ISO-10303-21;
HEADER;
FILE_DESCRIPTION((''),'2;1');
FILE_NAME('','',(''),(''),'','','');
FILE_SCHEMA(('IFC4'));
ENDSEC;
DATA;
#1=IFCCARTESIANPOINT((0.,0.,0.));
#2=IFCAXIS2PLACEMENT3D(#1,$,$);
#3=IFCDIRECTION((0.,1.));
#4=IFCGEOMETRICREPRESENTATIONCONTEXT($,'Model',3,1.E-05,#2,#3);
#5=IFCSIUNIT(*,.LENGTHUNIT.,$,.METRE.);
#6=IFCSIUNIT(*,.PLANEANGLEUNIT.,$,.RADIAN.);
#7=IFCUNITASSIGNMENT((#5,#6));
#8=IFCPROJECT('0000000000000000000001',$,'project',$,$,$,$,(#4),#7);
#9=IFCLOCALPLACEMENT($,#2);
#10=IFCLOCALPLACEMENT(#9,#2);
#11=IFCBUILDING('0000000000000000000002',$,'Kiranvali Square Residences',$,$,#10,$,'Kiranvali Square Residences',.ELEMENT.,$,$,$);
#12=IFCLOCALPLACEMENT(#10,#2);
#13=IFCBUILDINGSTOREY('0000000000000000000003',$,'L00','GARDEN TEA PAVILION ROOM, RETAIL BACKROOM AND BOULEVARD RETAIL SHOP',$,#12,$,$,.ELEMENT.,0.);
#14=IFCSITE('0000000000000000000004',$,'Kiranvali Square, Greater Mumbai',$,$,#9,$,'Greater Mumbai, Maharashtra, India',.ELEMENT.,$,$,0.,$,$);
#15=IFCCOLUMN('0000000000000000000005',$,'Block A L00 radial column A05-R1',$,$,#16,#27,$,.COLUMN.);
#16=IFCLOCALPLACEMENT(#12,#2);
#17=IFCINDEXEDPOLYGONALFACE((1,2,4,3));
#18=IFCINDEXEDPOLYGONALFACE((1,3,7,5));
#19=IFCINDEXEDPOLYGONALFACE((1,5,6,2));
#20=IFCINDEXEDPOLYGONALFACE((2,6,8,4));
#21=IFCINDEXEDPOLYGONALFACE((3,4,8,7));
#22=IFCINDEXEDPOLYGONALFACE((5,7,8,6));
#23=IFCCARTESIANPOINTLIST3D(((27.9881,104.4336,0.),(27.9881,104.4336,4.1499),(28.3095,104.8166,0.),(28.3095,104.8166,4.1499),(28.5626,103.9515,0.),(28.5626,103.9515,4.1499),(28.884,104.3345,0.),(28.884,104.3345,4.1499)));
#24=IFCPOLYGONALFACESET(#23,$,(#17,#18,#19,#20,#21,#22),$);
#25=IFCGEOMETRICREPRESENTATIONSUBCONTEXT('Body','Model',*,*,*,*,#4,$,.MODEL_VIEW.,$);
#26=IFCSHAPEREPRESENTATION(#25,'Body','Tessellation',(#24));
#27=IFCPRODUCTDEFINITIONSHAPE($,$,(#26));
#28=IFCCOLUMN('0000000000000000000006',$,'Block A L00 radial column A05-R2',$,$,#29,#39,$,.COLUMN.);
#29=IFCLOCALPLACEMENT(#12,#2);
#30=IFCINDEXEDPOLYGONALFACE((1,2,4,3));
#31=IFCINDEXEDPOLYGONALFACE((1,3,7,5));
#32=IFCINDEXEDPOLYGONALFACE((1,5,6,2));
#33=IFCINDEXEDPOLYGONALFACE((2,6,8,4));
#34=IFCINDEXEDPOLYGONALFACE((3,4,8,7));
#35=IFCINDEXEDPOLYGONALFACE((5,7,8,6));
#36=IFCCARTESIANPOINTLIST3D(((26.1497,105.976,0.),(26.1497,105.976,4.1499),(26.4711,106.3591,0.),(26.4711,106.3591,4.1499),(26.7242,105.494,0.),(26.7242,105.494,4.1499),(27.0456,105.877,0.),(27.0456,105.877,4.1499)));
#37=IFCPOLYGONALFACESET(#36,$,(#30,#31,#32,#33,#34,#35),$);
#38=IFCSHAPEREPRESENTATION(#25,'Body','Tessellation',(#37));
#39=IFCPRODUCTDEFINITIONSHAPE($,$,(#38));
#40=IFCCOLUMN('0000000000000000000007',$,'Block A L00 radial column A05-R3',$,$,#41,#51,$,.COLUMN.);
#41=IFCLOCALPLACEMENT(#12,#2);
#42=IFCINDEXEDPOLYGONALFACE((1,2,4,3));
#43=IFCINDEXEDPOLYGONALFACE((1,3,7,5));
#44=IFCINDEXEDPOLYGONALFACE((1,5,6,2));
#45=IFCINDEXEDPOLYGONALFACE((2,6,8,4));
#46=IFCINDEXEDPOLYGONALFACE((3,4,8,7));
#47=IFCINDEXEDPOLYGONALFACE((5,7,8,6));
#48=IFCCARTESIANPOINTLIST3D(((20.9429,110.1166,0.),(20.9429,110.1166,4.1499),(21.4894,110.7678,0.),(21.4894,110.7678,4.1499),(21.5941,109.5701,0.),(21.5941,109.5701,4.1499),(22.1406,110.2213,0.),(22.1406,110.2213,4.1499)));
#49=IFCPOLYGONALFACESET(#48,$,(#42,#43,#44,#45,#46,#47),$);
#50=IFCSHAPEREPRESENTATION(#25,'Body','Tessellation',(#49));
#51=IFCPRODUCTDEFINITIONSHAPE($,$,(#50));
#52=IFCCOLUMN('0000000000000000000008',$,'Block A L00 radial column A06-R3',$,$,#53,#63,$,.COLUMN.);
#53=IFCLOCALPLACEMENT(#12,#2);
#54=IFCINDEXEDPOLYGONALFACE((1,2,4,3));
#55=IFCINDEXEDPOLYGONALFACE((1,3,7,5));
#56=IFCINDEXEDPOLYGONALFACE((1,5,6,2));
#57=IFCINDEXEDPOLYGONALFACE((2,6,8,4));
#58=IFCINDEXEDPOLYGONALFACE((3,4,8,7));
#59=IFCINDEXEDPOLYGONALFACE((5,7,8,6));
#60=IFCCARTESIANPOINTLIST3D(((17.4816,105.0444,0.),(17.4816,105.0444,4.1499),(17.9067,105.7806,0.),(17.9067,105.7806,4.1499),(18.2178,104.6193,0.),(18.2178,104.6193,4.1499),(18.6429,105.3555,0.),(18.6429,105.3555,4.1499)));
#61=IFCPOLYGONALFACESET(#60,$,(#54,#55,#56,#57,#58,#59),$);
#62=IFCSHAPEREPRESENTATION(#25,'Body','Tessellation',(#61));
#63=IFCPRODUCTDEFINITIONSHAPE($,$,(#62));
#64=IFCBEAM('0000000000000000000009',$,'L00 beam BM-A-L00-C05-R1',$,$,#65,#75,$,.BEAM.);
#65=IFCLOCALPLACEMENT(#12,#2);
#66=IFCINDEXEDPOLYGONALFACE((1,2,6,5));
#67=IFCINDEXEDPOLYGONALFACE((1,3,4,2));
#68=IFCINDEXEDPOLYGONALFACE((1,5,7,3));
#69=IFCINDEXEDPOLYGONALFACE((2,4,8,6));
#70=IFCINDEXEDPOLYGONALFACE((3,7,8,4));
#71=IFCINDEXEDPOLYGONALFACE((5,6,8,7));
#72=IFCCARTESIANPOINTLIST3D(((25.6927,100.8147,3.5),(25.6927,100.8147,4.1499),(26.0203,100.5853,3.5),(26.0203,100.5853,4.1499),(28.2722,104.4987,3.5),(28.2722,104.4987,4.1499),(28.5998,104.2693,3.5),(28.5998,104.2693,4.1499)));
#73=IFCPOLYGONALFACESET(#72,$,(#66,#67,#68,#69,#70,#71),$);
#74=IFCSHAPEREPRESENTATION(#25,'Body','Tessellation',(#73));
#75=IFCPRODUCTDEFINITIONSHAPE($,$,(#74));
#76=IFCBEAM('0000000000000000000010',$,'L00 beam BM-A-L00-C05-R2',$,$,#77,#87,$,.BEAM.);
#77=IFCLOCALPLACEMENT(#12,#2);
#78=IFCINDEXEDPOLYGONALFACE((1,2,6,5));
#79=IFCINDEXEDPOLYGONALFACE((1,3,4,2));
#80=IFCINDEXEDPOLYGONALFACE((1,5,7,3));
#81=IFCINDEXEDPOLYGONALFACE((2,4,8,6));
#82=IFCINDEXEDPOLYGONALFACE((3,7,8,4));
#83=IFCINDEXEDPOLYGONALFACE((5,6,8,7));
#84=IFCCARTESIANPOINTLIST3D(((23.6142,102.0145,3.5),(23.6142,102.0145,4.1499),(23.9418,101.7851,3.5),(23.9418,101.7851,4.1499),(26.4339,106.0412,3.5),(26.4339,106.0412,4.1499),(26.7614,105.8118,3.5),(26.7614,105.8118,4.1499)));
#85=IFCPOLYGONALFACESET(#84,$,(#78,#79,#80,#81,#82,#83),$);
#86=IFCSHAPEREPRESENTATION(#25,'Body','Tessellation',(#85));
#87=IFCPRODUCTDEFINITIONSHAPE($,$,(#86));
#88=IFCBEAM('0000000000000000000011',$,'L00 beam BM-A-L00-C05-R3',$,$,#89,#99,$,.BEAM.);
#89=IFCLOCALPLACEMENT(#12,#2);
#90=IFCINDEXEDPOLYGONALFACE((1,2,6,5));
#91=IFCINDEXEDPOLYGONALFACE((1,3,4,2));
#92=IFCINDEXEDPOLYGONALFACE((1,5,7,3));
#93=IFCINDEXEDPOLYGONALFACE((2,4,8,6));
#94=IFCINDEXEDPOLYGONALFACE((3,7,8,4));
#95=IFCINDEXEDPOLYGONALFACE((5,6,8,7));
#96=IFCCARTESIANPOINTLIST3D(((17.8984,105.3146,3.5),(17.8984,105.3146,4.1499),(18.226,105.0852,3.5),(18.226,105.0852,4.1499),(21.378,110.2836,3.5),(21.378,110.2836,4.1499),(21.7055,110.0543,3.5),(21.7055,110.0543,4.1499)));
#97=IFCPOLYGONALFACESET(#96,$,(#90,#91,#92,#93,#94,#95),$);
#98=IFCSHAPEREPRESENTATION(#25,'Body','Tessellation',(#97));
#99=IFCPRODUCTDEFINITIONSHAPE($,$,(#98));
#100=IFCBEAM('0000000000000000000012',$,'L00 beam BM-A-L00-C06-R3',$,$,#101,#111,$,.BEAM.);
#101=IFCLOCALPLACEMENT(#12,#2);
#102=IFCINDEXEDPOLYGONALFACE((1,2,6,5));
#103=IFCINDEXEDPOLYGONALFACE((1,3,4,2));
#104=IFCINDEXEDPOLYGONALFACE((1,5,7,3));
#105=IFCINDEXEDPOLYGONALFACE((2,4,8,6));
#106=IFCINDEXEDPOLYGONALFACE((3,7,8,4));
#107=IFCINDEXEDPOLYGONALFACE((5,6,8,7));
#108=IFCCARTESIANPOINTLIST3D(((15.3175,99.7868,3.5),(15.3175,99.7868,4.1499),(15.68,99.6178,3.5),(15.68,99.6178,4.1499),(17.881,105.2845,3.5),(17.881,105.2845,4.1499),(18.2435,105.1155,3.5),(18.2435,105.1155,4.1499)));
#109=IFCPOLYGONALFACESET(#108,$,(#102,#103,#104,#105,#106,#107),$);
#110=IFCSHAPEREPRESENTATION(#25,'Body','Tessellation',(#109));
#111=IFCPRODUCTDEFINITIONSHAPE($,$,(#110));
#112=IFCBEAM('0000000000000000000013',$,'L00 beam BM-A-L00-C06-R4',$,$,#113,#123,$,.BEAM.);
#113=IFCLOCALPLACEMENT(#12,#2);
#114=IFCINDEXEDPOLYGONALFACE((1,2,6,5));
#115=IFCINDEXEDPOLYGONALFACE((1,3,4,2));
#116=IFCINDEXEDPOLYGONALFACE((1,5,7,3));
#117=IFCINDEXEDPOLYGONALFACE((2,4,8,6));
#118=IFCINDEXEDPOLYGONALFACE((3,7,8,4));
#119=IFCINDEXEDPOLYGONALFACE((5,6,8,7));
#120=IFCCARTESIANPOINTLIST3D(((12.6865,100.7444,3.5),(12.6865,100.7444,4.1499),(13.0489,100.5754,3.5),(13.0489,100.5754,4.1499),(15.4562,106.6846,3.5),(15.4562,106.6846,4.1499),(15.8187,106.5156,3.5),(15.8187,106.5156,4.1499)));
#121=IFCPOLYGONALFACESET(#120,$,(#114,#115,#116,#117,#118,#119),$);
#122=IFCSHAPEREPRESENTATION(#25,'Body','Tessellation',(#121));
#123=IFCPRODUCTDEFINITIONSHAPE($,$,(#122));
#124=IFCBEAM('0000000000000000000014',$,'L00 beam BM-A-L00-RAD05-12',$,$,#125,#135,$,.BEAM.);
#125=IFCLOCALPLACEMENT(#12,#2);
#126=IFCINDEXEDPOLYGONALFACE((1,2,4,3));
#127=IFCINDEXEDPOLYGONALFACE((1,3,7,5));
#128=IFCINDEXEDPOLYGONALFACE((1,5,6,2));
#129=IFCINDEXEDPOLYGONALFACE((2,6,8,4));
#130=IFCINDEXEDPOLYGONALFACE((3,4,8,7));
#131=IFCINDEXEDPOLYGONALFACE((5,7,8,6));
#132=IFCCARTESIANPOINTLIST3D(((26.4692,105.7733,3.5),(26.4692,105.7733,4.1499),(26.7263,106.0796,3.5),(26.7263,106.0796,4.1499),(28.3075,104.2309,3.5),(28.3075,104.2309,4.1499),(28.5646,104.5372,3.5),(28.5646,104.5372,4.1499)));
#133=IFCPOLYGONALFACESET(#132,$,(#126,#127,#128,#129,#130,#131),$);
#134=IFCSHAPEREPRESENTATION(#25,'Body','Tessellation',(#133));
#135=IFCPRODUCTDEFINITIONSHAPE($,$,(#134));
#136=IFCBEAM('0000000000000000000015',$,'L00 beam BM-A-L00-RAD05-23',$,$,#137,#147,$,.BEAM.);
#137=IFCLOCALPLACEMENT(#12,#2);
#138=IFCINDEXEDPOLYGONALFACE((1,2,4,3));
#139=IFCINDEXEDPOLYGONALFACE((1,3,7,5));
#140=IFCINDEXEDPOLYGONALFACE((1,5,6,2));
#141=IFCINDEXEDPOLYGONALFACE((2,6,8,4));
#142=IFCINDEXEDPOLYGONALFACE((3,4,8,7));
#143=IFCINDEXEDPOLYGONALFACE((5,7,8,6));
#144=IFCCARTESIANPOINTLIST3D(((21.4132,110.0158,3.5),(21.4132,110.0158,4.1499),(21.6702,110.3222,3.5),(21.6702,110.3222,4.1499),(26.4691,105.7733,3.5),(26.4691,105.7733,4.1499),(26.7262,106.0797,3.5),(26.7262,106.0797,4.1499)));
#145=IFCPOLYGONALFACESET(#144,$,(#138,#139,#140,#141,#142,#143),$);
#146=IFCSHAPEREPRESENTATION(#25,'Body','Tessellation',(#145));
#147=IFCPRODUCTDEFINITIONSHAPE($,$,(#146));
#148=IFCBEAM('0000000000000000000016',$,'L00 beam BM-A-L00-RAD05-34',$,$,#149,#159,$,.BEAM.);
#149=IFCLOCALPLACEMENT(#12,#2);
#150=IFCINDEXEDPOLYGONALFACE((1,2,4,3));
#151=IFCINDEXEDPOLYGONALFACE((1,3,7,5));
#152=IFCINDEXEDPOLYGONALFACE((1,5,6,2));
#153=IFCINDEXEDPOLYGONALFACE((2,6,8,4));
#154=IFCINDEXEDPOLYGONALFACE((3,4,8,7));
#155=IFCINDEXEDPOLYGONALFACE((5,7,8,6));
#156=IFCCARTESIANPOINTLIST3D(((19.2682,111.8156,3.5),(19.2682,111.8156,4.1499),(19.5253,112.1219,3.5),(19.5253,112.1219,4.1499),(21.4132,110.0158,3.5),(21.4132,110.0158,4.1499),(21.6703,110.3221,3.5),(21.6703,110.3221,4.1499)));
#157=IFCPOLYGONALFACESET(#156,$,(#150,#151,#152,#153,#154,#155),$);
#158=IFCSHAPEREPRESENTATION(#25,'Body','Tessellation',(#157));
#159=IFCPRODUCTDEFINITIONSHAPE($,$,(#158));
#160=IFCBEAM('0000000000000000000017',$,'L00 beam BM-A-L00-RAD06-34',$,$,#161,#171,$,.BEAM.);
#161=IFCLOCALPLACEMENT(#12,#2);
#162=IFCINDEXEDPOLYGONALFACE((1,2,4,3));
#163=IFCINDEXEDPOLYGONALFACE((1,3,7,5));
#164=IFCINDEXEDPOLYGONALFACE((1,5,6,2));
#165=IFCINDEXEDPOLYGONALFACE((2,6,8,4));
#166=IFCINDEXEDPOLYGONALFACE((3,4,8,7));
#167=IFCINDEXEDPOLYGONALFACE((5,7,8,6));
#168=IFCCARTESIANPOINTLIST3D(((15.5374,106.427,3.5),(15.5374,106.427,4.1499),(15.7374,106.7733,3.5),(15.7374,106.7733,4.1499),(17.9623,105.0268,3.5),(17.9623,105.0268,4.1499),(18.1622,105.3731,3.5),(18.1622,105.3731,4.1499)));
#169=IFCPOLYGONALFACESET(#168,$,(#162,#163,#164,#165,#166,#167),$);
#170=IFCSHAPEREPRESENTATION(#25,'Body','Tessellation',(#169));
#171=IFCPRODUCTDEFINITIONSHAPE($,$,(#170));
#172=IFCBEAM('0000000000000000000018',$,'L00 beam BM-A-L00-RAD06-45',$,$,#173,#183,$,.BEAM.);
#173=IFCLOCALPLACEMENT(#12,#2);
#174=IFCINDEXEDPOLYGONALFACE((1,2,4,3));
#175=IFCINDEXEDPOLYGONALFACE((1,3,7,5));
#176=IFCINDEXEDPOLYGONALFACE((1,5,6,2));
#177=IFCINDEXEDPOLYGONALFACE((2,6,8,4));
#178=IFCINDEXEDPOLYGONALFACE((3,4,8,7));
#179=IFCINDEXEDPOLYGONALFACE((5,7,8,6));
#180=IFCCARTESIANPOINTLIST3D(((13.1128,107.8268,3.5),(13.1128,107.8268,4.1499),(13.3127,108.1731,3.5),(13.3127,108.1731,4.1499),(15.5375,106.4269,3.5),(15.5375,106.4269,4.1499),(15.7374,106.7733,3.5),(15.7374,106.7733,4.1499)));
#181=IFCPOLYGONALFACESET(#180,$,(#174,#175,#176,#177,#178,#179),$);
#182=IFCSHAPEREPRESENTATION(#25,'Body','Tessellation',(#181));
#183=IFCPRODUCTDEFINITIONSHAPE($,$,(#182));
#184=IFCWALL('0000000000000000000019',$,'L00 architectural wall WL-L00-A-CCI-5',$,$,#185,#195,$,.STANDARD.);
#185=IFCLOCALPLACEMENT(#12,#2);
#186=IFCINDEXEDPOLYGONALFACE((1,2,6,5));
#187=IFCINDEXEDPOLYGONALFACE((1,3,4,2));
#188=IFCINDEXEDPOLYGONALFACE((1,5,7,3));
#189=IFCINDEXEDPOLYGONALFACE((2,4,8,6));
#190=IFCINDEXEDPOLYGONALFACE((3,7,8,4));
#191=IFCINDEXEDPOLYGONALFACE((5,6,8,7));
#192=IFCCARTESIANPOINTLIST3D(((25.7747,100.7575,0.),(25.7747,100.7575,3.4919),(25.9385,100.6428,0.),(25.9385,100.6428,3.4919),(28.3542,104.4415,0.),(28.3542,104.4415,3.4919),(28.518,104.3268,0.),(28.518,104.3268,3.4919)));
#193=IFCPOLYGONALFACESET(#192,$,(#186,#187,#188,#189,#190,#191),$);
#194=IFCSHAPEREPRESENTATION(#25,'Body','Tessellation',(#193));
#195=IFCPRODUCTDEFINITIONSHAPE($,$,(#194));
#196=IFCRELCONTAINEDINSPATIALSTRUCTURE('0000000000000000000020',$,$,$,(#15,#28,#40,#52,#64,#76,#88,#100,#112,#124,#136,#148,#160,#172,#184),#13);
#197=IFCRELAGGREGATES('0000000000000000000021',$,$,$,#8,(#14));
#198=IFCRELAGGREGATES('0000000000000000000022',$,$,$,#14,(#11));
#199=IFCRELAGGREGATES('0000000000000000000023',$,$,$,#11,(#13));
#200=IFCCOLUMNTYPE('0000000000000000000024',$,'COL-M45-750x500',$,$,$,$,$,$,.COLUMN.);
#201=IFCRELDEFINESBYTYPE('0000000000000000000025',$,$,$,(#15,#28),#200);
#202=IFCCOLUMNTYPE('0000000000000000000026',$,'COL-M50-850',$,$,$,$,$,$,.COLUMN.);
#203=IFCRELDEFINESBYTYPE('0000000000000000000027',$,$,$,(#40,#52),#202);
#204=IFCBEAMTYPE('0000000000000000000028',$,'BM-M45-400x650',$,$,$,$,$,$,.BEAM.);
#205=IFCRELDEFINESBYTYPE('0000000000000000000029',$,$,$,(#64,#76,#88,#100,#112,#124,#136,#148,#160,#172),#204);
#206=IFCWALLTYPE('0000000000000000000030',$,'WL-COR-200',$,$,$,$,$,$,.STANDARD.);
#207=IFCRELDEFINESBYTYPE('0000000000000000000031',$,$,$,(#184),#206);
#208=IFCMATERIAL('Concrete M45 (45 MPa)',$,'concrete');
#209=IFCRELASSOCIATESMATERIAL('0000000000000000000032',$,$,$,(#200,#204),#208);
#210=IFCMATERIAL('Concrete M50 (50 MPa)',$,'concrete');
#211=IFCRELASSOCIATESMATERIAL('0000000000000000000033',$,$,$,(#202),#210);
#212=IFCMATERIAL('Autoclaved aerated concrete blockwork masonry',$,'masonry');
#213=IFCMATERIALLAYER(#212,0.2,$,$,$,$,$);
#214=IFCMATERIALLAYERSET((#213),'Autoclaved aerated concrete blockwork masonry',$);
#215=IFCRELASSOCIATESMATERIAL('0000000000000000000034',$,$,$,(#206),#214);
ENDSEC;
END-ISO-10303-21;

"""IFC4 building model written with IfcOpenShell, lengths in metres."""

from ifc_helpers import new_model, si_unit, direction, frame, frame_2d, origin, origin_2d, place, context, subcontext, project, spatial, rectangle, extrude, material, layer, layer_set, material_profile, profile_set, type_object, element, save


model = new_model("IFC4")

# Units and contexts
model_context = context("Model", 3, precision=1e-05, world=origin(), true_north=direction((0.0, 1.0)))
body_context = subcontext(model_context, "Body", "Model", "MODEL_VIEW")
ifc_project = project(units=[si_unit("LENGTHUNIT", "METRE"), si_unit("PLANEANGLEUNIT", "RADIAN")], contexts=[model_context])

# Site, building, storey
site_placement = place(None, origin())
site = spatial("IfcSite", under=ifc_project, at=site_placement, Name="Kiranvali Square, Greater Mumbai", LongName="Greater Mumbai, Maharashtra, India", CompositionType="ELEMENT", RefElevation=0.0)
building_placement = place(site_placement, origin())
building = spatial("IfcBuilding", under=site, at=building_placement, Name="Kiranvali Square Residences", LongName="Kiranvali Square Residences", CompositionType="ELEMENT")
storey_placement = place(building_placement, origin())
storey = spatial("IfcBuildingStorey", under=building, at=storey_placement, Name="L00", Description="GARDEN TEA PAVILION ROOM, RETAIL BACKROOM AND BOULEVARD RETAIL SHOP", CompositionType="ELEMENT", Elevation=0.0)

# Columns
ifc_material_1 = material(Name="Concrete M45 (45 MPa)", Category="concrete")
ifc_material_profile_1 = material_profile(ifc_material_1, rectangle(XDim=0.5, YDim=0.75, at=origin_2d()), Name="RC 750x500")
ifc_profile_set_1 = profile_set([ifc_material_profile_1], Name="Concrete M45 (45 MPa)")
column_type_1 = type_object("IfcColumnType", Name="COL-M45-750x500", PredefinedType="COLUMN", material=ifc_profile_set_1)
for number, where, z_axis, x_axis, name in (
    (1, (28.436, 104.384, 0.0), (0.0, 0.0, 1.0), (0.642788, 0.766044, 0.0), "Block A L00 radial column A05-R1"),
    (2, (26.5977, 105.9265, 0.0), (0.0, 0.0, 1.0), (0.642788, 0.766044, 0.0), "Block A L00 radial column A05-R2"),
):
    element("IfcColumn", number, at=place(storey_placement, frame(where, z_axis=z_axis, x_axis=x_axis)), inside=storey, type_object=column_type_1, Name=name, PredefinedType="COLUMN", context=body_context, shape_type="SweptSolid", body=[
        extrude(rectangle(XDim=0.5, YDim=0.75, at=origin_2d()), origin(), (0.0, 0.0, 1.0), 4.1499),
    ])
ifc_material_2 = material(Name="Concrete M50 (50 MPa)", Category="concrete")
ifc_material_profile_2 = material_profile(ifc_material_2, rectangle(XDim=0.8501, YDim=0.8501, at=origin_2d()), Name="RC 850x850")
ifc_profile_set_2 = profile_set([ifc_material_profile_2], Name="Concrete M50 (50 MPa)")
column_type_2 = type_object("IfcColumnType", Name="COL-M50-850", PredefinedType="COLUMN", material=ifc_profile_set_2)
for number, where, z_axis, x_axis, name in (
    (3, (21.5417, 110.1689, 0.0), (0.0, 0.0, 1.0), (0.642788, 0.766044, 0.0), "Block A L00 radial column A05-R3"),
    (4, (18.0623, 105.2, 0.0), (0.0, 0.0, 1.0), (0.5, 0.866025, 0.0), "Block A L00 radial column A06-R3"),
):
    element("IfcColumn", number, at=place(storey_placement, frame(where, z_axis=z_axis, x_axis=x_axis)), inside=storey, type_object=column_type_2, Name=name, PredefinedType="COLUMN", context=body_context, shape_type="SweptSolid", body=[
        extrude(rectangle(XDim=0.8501, YDim=0.8501, at=origin_2d()), origin(), (0.0, 0.0, 1.0), 4.1499),
    ])

# Beams
ifc_material_profile_3 = material_profile(ifc_material_1, rectangle(XDim=0.3999, YDim=0.6499, at=origin_2d()), Name="RC 400x650")
ifc_profile_set_3 = profile_set([ifc_material_profile_3], Name="Concrete M45 (45 MPa)")
beam_type = type_object("IfcBeamType", Name="BM-M45-400x650", PredefinedType="BEAM", material=ifc_profile_set_3)
beam_1_placement = place(storey_placement, frame((28.436, 104.384, 3.825), z_axis=(-0.573572, -0.819155, 0.0), x_axis=(0.819155, -0.573572, 0.0)))
element("IfcBeam", 5, at=beam_1_placement, inside=storey, type_object=beam_type, Name="L00 beam BM-A-L00-C05-R1", PredefinedType="BEAM", context=body_context, shape_type="SweptSolid", body=[
    extrude(rectangle(XDim=0.3999, YDim=0.6499, at=origin_2d()), origin(), (0.0, 0.0, 1.0), 4.4973),
])
beam_2_placement = place(storey_placement, frame((26.5977, 105.9265, 3.825), z_axis=(-0.573592, -0.819141, 0.0), x_axis=(0.819141, -0.573592, 0.0)))
element("IfcBeam", 6, at=beam_2_placement, inside=storey, type_object=beam_type, Name="L00 beam BM-A-L00-C05-R2", PredefinedType="BEAM", context=body_context, shape_type="SweptSolid", body=[
    extrude(rectangle(XDim=0.3999, YDim=0.6499, at=origin_2d()), origin(), (0.0, 0.0, 1.0), 4.9158),
])
beam_3_placement = place(storey_placement, frame((21.5417, 110.1689, 3.825), z_axis=(-0.573595, -0.819139, 0.0), x_axis=(0.819139, -0.573595, 0.0)))
element("IfcBeam", 7, at=beam_3_placement, inside=storey, type_object=beam_type, Name="L00 beam BM-A-L00-C05-R3", PredefinedType="BEAM", context=body_context, shape_type="SweptSolid", body=[
    extrude(rectangle(XDim=0.3999, YDim=0.6499, at=origin_2d()), origin(), (0.0, 0.0, 1.0), 6.0662),
])
beam_4_placement = place(storey_placement, frame((18.0623, 105.2, 3.825), z_axis=(-0.422608, -0.906313, 0.0), x_axis=(0.906313, -0.422608, 0.0)))
element("IfcBeam", 8, at=beam_4_placement, inside=storey, type_object=beam_type, Name="L00 beam BM-A-L00-C06-R3", PredefinedType="BEAM", context=body_context, shape_type="SweptSolid", body=[
    extrude(rectangle(XDim=0.3999, YDim=0.6499, at=origin_2d()), origin(), (0.0, 0.0, 1.0), 6.0659),
])
beam_5_placement = place(storey_placement, frame((15.6375, 106.6001, 3.825), z_axis=(-0.422596, -0.906318, 0.0), x_axis=(0.906318, -0.422596, 0.0)))
element("IfcBeam", 9, at=beam_5_placement, inside=storey, type_object=beam_type, Name="L00 beam BM-A-L00-C06-R4", PredefinedType="BEAM", context=body_context, shape_type="SweptSolid", body=[
    extrude(rectangle(XDim=0.3999, YDim=0.6499, at=origin_2d()), origin(), (0.0, 0.0, 1.0), 6.5542),
])
beam_6_placement = place(storey_placement, frame((28.436, 104.384, 3.825), z_axis=(-0.766065, 0.642763, 0.0), x_axis=(-0.642763, -0.766065, 0.0)))
element("IfcBeam", 10, at=beam_6_placement, inside=storey, type_object=beam_type, Name="L00 beam BM-A-L00-RAD05-12", PredefinedType="BEAM", context=body_context, shape_type="SweptSolid", body=[
    extrude(rectangle(XDim=0.3999, YDim=0.6499, at=origin_2d()), origin(), (0.0, 0.0, 1.0), 2.3997),
])
beam_7_placement = place(storey_placement, frame((26.5977, 105.9265, 3.825), z_axis=(-0.766043, 0.642789, 0.0), x_axis=(-0.642789, -0.766043, 0.0)))
element("IfcBeam", 11, at=beam_7_placement, inside=storey, type_object=beam_type, Name="L00 beam BM-A-L00-RAD05-23", PredefinedType="BEAM", context=body_context, shape_type="SweptSolid", body=[
    extrude(rectangle(XDim=0.3999, YDim=0.6499, at=origin_2d()), origin(), (0.0, 0.0, 1.0), 6.6001),
])
for number, where, z_axis, x_axis, name in (
    (12, (21.5417, 110.1689, 3.825), (-0.766059, 0.642771, 0.0), (-0.642771, -0.766059, 0.0), "L00 beam BM-A-L00-RAD05-34"),
    (13, (18.0623, 105.2, 3.825), (-0.865997, 0.50005, 0.0), (-0.50005, -0.865997, 0.0), "L00 beam BM-A-L00-RAD06-34"),
):
    element("IfcBeam", number, at=place(storey_placement, frame(where, z_axis=z_axis, x_axis=x_axis)), inside=storey, type_object=beam_type, Name=name, PredefinedType="BEAM", context=body_context, shape_type="SweptSolid", body=[
        extrude(rectangle(XDim=0.3999, YDim=0.6499, at=origin_2d()), origin(), (0.0, 0.0, 1.0), 2.8),
    ])
beam_8_placement = place(storey_placement, frame((15.6375, 106.6001, 3.825), z_axis=(-0.866035, 0.499984, 0.0), x_axis=(-0.499984, -0.866035, 0.0)))
element("IfcBeam", 14, at=beam_8_placement, inside=storey, type_object=beam_type, Name="L00 beam BM-A-L00-RAD06-45", PredefinedType="BEAM", context=body_context, shape_type="SweptSolid", body=[
    extrude(rectangle(XDim=0.3999, YDim=0.6499, at=origin_2d()), origin(), (0.0, 0.0, 1.0), 2.7998),
])

# Wall
ifc_material_3 = material(Name="Autoclaved aerated concrete blockwork masonry", Category="masonry")
ifc_layer_1 = layer(ifc_material_3, 0.2)
ifc_layer_set_1 = layer_set([ifc_layer_1], Name="Autoclaved aerated concrete blockwork masonry")
wall_type_1 = type_object("IfcWallType", Name="WL-COR-200", PredefinedType="STANDARD", material=ifc_layer_set_1)
wall_1_placement = place(storey_placement, frame((28.436, 104.384, 0.0), z_axis=(0.0, 0.0, 1.0), x_axis=(-0.573572, -0.819155, 0.0)))
element("IfcWall", 15, at=wall_1_placement, inside=storey, type_object=wall_type_1, Name="L00 architectural wall WL-L00-A-CCI-5", PredefinedType="STANDARD", context=body_context, shape_type="SweptSolid", body=[
    extrude(rectangle(XDim=4.4973, YDim=0.2, at=frame_2d((2.2485, 0.0))), origin(), (0.0, 0.0, 1.0), 3.4919),
])

save(model, "model.ifc")
